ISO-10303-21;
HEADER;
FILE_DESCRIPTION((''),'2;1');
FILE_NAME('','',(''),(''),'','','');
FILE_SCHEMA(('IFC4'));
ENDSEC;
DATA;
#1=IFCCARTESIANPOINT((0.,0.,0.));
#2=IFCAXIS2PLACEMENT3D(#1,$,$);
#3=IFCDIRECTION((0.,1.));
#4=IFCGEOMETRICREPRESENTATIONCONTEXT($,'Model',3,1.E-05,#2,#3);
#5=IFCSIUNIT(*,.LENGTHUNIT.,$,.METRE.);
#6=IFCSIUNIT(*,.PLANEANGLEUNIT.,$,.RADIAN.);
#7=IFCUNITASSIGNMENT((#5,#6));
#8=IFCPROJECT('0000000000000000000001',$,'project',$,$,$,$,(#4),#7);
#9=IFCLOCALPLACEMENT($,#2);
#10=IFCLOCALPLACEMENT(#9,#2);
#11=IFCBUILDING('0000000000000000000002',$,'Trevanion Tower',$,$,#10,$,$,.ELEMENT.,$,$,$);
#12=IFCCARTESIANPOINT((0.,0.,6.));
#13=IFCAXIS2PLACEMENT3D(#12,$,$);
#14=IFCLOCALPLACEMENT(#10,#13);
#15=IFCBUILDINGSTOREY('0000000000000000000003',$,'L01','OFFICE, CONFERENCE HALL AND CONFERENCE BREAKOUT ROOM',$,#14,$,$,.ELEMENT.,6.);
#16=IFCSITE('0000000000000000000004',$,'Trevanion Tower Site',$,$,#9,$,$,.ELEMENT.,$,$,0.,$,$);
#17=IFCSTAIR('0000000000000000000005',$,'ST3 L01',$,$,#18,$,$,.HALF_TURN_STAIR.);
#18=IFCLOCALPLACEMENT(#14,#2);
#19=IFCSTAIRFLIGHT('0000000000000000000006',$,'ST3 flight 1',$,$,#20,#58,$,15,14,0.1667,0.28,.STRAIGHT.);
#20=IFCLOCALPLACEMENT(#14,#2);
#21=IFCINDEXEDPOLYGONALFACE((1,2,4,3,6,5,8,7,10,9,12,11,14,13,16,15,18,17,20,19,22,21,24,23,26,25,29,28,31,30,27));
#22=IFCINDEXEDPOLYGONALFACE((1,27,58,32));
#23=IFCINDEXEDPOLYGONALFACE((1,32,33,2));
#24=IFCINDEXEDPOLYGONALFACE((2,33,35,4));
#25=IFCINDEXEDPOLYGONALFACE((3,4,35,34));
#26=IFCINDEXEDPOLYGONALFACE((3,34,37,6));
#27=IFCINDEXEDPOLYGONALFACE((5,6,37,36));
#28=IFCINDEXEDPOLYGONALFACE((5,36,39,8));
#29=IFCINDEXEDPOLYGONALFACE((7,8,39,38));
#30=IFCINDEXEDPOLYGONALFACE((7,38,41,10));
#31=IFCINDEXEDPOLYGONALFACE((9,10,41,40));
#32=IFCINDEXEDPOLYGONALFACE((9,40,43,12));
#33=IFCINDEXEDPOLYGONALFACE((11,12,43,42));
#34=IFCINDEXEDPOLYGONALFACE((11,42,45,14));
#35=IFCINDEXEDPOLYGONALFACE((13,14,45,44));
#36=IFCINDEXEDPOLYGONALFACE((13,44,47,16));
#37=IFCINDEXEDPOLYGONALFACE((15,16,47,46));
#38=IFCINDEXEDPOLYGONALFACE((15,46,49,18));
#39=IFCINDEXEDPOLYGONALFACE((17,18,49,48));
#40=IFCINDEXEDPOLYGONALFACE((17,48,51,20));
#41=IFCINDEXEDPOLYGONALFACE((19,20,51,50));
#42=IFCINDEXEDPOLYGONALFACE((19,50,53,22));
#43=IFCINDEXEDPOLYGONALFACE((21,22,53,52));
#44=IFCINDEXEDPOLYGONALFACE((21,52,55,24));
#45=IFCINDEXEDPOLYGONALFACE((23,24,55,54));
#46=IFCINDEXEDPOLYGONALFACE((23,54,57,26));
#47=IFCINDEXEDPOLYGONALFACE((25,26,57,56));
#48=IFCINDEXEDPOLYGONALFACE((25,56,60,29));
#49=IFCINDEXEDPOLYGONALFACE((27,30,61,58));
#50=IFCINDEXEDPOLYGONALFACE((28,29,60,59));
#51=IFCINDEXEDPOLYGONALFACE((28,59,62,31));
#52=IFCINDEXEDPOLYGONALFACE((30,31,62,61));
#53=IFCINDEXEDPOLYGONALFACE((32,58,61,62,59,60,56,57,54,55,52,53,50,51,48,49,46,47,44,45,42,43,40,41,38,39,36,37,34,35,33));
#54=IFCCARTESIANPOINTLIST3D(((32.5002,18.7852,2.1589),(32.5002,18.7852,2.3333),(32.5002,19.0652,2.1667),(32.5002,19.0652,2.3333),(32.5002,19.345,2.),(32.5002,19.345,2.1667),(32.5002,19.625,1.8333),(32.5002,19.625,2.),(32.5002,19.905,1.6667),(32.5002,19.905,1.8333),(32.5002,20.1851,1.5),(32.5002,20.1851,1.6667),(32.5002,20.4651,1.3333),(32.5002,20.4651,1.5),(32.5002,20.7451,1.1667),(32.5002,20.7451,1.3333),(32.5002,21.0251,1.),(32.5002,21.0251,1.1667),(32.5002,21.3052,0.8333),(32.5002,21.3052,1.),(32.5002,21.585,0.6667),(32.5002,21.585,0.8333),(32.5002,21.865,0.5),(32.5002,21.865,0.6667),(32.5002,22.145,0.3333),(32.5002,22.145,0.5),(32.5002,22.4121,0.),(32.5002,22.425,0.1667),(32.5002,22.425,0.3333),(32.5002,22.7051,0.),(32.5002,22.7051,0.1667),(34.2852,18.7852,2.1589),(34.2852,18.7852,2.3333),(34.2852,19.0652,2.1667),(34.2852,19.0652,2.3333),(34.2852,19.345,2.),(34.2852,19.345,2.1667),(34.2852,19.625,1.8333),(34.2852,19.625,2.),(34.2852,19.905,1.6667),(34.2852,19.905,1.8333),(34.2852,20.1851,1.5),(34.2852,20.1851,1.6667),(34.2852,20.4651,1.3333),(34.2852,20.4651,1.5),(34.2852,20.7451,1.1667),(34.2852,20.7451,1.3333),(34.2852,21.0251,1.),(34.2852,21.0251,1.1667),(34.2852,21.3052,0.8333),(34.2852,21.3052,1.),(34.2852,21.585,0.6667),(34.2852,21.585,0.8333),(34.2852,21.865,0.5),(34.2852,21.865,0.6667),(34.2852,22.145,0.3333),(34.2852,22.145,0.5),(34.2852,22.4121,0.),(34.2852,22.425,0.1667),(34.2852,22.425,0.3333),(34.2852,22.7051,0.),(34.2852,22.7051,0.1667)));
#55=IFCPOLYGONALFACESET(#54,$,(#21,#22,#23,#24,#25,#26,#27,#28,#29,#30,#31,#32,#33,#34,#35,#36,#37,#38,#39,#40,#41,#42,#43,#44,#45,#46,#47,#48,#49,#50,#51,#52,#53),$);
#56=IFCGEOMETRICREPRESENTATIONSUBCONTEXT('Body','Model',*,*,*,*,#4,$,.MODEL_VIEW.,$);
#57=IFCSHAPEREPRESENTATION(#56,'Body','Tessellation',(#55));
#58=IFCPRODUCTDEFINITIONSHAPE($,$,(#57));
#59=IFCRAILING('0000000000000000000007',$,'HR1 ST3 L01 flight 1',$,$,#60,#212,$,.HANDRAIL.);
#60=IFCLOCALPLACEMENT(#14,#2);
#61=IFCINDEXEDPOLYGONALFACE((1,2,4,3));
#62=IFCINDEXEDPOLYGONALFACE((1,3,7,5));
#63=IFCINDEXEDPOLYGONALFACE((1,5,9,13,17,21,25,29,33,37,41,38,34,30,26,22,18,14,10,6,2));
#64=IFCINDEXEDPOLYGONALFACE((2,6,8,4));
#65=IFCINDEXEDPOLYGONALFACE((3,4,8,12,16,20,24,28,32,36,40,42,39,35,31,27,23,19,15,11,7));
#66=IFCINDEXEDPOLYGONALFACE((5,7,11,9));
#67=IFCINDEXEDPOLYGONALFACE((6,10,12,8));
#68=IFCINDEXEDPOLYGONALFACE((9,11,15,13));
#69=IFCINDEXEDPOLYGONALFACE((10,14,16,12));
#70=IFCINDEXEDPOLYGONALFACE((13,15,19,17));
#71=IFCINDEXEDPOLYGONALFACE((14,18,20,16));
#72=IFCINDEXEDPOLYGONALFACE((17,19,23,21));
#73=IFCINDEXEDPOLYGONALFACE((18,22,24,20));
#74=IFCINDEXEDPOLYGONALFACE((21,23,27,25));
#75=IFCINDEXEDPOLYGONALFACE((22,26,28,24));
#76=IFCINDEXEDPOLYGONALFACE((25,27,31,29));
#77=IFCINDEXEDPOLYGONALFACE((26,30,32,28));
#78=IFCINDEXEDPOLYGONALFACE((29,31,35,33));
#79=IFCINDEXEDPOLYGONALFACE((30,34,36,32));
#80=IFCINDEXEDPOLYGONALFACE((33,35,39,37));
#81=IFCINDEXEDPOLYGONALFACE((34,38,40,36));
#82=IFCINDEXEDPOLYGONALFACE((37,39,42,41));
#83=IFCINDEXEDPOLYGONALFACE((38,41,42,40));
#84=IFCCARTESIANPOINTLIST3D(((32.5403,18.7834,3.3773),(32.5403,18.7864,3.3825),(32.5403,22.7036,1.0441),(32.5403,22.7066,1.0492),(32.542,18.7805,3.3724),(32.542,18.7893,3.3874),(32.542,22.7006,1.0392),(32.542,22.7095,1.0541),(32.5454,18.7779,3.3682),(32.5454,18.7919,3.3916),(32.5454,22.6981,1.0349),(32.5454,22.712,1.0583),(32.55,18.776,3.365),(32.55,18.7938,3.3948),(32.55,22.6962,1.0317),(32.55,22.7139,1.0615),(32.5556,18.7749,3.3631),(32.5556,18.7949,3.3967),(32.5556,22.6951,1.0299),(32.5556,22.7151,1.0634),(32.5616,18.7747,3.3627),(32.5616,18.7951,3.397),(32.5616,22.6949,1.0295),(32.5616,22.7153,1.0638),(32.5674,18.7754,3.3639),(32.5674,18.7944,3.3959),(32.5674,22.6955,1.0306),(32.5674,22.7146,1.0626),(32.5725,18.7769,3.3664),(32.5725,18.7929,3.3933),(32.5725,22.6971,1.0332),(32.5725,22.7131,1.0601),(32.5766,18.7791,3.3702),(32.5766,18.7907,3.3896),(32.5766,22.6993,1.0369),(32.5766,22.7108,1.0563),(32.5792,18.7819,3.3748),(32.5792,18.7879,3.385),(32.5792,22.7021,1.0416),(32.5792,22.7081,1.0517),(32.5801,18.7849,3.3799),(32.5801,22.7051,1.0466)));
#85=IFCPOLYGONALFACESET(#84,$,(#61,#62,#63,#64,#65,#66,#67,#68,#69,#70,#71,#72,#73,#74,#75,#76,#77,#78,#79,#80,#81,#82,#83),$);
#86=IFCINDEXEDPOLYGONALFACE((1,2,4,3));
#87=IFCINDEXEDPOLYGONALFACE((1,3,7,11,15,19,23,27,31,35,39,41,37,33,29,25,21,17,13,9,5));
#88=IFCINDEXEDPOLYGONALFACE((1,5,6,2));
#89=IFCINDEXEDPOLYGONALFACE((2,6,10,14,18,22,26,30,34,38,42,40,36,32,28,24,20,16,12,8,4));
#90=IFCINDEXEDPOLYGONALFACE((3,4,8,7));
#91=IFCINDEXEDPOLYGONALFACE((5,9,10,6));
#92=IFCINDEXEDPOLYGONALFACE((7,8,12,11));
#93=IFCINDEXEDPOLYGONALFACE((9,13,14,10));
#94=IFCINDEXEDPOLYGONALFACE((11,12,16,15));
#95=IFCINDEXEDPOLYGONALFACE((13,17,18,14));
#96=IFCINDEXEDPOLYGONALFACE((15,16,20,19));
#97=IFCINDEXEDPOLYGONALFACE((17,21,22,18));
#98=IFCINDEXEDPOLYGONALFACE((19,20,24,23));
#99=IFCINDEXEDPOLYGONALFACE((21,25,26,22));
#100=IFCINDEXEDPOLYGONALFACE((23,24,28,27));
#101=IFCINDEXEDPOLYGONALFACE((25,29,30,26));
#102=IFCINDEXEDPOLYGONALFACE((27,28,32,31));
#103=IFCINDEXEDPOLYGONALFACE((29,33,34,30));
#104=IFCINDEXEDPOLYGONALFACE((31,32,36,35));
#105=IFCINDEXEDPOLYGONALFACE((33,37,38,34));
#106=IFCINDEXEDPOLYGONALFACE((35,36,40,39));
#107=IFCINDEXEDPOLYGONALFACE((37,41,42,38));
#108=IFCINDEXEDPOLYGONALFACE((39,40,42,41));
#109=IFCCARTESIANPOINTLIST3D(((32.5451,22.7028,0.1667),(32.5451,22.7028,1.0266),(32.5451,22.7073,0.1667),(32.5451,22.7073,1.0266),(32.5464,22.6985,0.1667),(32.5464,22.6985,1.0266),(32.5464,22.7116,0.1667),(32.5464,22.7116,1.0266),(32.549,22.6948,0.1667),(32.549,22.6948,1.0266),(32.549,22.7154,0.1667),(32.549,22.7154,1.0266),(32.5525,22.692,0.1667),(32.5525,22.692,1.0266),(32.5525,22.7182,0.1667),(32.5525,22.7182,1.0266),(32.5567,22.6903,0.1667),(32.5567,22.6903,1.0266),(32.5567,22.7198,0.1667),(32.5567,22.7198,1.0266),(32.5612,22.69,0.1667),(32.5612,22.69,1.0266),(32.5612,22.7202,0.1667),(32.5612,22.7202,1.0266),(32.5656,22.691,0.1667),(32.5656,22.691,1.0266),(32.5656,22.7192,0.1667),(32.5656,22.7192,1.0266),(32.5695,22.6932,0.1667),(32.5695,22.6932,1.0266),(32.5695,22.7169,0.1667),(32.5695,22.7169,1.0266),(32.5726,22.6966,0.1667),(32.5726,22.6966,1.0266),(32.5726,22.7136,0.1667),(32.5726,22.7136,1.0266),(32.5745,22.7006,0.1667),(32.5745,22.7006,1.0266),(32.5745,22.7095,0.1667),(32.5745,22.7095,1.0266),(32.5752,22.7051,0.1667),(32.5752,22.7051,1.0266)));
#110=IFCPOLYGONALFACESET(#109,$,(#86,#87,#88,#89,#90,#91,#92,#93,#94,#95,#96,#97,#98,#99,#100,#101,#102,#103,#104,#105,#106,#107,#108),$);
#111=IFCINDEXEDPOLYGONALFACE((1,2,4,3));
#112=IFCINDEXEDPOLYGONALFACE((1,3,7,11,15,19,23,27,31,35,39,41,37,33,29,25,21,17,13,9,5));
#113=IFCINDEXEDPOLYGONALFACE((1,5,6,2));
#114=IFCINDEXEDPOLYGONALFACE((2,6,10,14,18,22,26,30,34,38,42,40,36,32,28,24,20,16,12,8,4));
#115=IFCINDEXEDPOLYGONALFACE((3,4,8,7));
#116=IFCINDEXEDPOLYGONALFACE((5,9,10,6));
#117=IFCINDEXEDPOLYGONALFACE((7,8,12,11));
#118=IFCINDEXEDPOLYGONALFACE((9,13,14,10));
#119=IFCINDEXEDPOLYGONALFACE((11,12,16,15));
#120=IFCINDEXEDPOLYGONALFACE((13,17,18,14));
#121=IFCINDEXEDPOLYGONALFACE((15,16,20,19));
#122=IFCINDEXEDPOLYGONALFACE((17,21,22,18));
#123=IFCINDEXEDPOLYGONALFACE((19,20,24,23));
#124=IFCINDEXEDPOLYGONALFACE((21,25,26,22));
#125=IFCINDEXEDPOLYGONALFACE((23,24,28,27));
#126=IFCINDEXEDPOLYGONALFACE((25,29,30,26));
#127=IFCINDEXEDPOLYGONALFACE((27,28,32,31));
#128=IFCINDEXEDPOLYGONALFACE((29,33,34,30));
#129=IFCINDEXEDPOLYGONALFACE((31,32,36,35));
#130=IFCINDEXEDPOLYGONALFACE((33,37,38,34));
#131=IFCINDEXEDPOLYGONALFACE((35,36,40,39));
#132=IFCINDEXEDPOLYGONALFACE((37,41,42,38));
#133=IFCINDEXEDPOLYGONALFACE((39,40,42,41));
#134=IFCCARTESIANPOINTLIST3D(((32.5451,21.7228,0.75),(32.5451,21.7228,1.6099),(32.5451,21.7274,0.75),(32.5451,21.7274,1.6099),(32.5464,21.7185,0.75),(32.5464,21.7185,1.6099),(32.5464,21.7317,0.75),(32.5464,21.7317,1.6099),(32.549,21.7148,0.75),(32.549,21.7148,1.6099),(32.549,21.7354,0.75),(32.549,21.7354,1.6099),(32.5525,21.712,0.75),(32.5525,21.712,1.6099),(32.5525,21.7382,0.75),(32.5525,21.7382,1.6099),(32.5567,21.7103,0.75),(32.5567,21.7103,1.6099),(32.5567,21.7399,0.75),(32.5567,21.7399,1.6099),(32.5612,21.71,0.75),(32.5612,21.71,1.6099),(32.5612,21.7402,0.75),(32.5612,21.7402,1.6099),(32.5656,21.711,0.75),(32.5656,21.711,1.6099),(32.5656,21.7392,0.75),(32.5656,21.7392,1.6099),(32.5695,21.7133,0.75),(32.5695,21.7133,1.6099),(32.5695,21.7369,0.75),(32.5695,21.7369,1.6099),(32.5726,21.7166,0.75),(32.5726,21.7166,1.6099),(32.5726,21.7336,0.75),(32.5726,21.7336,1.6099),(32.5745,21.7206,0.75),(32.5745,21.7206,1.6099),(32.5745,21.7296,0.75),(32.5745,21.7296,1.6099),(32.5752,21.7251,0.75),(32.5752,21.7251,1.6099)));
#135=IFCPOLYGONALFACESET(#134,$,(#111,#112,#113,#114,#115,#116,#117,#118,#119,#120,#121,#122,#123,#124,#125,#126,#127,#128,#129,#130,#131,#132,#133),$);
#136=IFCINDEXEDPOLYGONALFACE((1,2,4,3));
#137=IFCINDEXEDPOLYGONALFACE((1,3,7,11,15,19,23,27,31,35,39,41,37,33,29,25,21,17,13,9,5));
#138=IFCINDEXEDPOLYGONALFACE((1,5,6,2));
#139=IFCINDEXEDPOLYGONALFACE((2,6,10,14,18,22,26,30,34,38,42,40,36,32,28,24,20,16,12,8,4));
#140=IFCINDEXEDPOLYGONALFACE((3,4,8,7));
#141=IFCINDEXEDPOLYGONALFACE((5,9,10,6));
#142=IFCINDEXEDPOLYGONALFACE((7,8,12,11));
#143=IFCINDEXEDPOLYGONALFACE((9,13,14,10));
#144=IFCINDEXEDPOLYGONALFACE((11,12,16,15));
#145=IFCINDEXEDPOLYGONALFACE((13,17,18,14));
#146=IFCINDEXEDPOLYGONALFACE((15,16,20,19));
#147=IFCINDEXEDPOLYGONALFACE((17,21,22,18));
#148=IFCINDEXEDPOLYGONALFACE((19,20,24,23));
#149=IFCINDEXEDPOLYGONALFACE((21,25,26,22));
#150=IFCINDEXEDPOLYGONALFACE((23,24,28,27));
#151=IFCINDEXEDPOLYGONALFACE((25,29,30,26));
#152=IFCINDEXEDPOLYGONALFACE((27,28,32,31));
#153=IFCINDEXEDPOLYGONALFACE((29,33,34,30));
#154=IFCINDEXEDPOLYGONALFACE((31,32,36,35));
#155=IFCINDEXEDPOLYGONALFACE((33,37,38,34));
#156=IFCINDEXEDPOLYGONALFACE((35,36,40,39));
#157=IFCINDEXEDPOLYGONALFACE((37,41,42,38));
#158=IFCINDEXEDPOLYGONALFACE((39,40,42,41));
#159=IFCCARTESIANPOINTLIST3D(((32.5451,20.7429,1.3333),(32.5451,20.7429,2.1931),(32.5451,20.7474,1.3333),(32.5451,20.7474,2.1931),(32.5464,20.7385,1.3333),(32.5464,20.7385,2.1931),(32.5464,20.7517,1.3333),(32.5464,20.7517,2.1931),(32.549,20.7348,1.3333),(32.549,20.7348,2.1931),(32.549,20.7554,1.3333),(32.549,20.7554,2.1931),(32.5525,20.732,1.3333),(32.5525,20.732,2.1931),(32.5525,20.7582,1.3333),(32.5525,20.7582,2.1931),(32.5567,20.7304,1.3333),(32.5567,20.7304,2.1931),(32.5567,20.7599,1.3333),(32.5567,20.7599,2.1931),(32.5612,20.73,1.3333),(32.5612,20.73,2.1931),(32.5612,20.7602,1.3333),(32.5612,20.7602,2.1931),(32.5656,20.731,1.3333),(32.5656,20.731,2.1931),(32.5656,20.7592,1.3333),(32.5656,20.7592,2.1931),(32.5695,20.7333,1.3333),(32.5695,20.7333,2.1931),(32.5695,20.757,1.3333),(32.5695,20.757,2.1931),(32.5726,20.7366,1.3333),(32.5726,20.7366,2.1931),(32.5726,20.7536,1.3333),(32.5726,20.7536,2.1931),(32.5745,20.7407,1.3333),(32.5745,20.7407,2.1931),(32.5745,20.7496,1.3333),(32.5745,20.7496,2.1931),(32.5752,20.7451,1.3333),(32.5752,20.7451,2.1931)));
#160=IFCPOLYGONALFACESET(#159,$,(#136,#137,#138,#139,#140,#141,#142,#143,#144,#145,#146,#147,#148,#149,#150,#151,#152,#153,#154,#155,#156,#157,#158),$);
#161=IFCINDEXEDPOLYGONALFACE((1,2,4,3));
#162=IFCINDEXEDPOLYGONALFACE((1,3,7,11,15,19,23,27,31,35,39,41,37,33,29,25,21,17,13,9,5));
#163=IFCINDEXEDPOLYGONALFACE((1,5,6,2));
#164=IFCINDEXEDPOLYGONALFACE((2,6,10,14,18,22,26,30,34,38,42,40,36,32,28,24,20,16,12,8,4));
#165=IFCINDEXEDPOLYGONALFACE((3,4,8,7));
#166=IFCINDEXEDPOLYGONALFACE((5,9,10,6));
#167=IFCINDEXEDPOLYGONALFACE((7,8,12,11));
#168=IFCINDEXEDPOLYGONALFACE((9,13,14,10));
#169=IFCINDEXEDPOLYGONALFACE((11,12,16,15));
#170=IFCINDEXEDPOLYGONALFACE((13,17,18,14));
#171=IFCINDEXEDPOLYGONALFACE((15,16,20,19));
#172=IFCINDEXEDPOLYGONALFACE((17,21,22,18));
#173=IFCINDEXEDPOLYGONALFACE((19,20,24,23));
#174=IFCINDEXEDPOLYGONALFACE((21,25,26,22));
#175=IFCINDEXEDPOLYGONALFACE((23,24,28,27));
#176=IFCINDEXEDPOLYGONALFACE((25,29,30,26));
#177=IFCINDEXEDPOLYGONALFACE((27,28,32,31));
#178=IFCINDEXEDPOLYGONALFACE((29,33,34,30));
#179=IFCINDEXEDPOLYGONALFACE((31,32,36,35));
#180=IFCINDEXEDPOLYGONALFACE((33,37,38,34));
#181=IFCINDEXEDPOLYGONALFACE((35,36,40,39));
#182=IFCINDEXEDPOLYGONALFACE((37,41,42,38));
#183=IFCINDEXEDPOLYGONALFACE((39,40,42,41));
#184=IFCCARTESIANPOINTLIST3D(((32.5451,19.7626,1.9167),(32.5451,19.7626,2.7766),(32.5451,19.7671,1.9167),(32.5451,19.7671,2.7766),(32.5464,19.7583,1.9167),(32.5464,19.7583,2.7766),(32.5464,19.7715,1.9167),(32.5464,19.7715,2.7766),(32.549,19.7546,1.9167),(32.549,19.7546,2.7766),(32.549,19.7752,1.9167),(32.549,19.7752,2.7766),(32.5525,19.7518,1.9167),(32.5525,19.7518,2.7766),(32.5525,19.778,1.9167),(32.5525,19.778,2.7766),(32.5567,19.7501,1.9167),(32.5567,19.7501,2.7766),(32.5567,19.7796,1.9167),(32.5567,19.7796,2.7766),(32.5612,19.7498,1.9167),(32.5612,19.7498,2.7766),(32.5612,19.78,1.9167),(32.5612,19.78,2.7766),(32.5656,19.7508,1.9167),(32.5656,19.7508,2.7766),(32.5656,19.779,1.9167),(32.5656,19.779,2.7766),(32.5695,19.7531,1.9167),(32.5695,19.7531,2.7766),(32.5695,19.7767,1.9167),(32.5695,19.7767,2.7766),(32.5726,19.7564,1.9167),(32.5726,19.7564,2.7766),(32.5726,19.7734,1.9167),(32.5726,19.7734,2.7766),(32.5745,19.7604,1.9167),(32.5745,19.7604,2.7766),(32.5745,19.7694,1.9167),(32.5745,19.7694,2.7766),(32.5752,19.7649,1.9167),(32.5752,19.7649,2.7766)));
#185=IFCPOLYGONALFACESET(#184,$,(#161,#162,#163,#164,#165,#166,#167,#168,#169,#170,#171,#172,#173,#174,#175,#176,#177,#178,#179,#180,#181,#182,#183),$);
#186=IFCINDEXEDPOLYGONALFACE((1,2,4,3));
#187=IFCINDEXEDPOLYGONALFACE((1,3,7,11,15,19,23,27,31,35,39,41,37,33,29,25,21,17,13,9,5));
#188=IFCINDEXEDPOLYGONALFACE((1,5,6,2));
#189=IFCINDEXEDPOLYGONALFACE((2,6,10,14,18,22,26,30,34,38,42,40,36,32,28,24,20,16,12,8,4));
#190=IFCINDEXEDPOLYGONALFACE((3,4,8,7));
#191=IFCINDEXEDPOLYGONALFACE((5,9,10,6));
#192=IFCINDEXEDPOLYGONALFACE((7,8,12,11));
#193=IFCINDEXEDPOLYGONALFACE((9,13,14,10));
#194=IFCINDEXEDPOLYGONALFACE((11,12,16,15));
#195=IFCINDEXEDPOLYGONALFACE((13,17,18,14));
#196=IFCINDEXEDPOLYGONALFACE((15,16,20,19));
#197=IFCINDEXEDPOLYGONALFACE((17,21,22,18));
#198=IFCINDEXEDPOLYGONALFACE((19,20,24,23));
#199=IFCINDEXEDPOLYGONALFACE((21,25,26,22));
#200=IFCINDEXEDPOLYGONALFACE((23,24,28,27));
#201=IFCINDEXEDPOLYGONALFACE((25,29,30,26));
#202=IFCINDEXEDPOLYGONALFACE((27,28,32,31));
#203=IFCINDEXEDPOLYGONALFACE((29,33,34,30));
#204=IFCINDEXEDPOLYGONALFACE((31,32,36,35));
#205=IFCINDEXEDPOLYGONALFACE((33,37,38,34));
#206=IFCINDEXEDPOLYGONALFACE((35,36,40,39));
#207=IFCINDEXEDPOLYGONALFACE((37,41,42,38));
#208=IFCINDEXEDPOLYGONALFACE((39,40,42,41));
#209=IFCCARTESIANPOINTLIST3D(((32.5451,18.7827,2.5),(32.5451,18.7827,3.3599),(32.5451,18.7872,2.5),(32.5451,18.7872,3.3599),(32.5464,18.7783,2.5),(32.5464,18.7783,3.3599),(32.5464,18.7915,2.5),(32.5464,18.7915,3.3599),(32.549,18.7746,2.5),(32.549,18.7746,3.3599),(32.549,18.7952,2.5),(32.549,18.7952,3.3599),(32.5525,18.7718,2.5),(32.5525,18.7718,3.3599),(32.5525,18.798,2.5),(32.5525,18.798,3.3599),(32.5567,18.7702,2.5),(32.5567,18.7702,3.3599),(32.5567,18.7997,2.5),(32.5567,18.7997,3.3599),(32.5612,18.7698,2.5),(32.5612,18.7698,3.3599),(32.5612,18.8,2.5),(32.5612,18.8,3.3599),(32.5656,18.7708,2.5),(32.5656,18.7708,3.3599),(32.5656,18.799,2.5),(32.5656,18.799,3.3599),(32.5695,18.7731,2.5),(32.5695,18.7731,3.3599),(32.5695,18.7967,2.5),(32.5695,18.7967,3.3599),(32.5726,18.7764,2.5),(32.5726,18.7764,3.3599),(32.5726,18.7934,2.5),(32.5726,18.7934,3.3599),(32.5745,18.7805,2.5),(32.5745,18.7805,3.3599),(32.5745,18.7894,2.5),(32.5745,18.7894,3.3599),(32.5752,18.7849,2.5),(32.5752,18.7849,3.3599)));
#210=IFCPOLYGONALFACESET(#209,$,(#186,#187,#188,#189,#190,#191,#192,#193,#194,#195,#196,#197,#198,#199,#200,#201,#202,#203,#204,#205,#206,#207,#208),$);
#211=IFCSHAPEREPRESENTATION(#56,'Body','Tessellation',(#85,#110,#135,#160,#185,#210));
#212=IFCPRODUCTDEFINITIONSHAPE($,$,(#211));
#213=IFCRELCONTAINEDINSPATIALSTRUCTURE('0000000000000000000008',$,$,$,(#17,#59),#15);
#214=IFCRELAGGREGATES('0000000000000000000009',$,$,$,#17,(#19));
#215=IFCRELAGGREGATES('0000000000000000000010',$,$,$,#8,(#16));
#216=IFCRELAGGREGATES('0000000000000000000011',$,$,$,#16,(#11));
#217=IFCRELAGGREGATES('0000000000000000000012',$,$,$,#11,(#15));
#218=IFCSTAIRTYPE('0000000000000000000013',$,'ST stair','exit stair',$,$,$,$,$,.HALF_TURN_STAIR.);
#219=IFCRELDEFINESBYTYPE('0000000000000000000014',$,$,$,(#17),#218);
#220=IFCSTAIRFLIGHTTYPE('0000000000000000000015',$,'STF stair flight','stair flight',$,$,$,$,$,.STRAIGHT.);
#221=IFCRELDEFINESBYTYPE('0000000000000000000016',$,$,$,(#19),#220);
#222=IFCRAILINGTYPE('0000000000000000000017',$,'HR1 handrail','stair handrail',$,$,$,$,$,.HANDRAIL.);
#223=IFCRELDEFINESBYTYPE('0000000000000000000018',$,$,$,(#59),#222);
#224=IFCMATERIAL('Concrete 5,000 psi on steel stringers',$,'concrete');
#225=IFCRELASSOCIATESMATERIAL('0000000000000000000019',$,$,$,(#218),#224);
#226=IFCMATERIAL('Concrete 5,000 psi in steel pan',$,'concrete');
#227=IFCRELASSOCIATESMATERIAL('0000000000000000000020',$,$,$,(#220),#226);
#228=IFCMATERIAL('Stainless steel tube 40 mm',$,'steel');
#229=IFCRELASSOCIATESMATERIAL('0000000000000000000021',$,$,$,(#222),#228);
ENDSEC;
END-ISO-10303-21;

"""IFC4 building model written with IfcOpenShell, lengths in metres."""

from ifc_helpers import new_model, si_unit, direction, frame, origin, origin_2d, place, context, subcontext, project, spatial, polyline, circle, outline, extrude, material, type_object, element, aggregate, save


model = new_model("IFC4")

# Units and contexts
model_context = context("Model", 3, precision=1e-05, world=origin(), true_north=direction((0.0, 1.0)))
body_context = subcontext(model_context, "Body", "Model", "MODEL_VIEW")
ifc_project = project(units=[si_unit("LENGTHUNIT", "METRE"), si_unit("PLANEANGLEUNIT", "RADIAN")], contexts=[model_context])

# Site, building, storey
site_placement = place(None, origin())
site = spatial("IfcSite", under=ifc_project, at=site_placement, Name="Trevanion Tower Site", CompositionType="ELEMENT", RefElevation=0.0)
building_placement = place(site_placement, origin())
building = spatial("IfcBuilding", under=site, at=building_placement, Name="Trevanion Tower", CompositionType="ELEMENT")
storey_placement = place(building_placement, frame((0.0, 0.0, 6.0)))
storey = spatial("IfcBuildingStorey", under=building, at=storey_placement, Name="L01", Description="OFFICE, CONFERENCE HALL AND CONFERENCE BREAKOUT ROOM", CompositionType="ELEMENT", Elevation=6.0)

# Stair, stair flight
ifc_material_1 = material(Name="Concrete 5,000 psi on steel stringers", Category="concrete")
stair_type = type_object("IfcStairType", Name="ST stair", Description="exit stair", PredefinedType="HALF_TURN_STAIR", material=ifc_material_1)
stair_placement = place(storey_placement, origin())
stair = element("IfcStair", 1, at=stair_placement, inside=storey, type_object=stair_type, Name="ST3 L01", PredefinedType="HALF_TURN_STAIR")
ifc_material_2 = material(Name="Concrete 5,000 psi in steel pan", Category="concrete")
stair_flight_type = type_object("IfcStairFlightType", Name="STF stair flight", Description="stair flight", PredefinedType="STRAIGHT", material=ifc_material_2)
stair_flight_placement = place(storey_placement, frame((33.3926, 22.7051, 0.0), z_axis=(0.0, 0.0, 1.0), x_axis=(0.0, -1.0, 0.0)))
stair_flight = element("IfcStairFlight", 2, at=stair_flight_placement, type_object=stair_flight_type, Name="ST3 flight 1", NumberOfRisers=15, NumberOfTreads=14, PredefinedType="STRAIGHT", RiserHeight=0.1667, TreadLength=0.28, context=body_context, shape_type="SweptSolid", body=[
    extrude(outline(polyline([(0.0, 0.0), (0.0, 0.1667), (0.28, 0.1667), (0.28, 0.3333), (0.5601, 0.3333), (0.5601, 0.5), (0.8401, 0.5), (0.8401, 0.6667), (1.1201, 0.6667), (1.1201, 0.8333), (1.3999, 0.8333), (1.3999, 1.0), (1.6799, 1.0), (1.6799, 1.1667), (1.96, 1.1667), (1.96, 1.3333), (2.24, 1.3333), (2.24, 1.5), (2.52, 1.5), (2.52, 1.6667), (2.8, 1.6667), (2.8, 1.8333), (3.0801, 1.8333), (3.0801, 2.0), (3.3601, 2.0), (3.3601, 2.1667), (3.6399, 2.1667), (3.6399, 2.3333), (3.9199, 2.3333), (3.9199, 2.5), (3.9199, 2.1589), (0.293, 0.0), (0.0, 0.0)])), frame((0.0, 0.8926, 0.0), z_axis=(0.0, -1.0, 0.0), x_axis=(1.0, 0.0, 0.0)), (0.0, 0.0, 1.0), 1.7849),
])
aggregate(stair, [stair_flight])

# Railing
ifc_material_3 = material(Name="Stainless steel tube 40 mm", Category="steel")
railing_type = type_object("IfcRailingType", Name="HR1 handrail", Description="stair handrail", PredefinedType="HANDRAIL", material=ifc_material_3)
railing_placement = place(storey_placement, frame((32.5601, 22.7051, 0.1667)))
element("IfcRailing", 3, at=railing_placement, inside=storey, type_object=railing_type, Name="HR1 ST3 L01 flight 1", PredefinedType="HANDRAIL", context=body_context, shape_type="SweptSolid", body=[
    extrude(circle(Radius=0.02, at=origin_2d()), frame((0.0, 0.0, 0.8799), z_axis=(0.0, -0.85931, 0.511455), x_axis=(1.0, 0.0, 0.0)), (0.0, 0.0, 1.0), 4.562),
    extrude(circle(Radius=0.0151, at=origin_2d()), origin(), (0.0, 0.0, 1.0), 0.8599),
    extrude(circle(Radius=0.0151, at=origin_2d()), frame((0.0, -0.98, 0.5833)), (0.0, 0.0, 1.0), 0.8599),
    extrude(circle(Radius=0.0151, at=origin_2d()), frame((0.0, -1.96, 1.1665)), (0.0, 0.0, 1.0), 0.8599),
    extrude(circle(Radius=0.0151, at=origin_2d()), frame((0.0, -2.9402, 1.75)), (0.0, 0.0, 1.0), 0.8599),
    extrude(circle(Radius=0.0151, at=origin_2d()), frame((0.0, -3.9202, 2.3333)), (0.0, 0.0, 1.0), 0.8599),
])

save(model, "model.ifc")
